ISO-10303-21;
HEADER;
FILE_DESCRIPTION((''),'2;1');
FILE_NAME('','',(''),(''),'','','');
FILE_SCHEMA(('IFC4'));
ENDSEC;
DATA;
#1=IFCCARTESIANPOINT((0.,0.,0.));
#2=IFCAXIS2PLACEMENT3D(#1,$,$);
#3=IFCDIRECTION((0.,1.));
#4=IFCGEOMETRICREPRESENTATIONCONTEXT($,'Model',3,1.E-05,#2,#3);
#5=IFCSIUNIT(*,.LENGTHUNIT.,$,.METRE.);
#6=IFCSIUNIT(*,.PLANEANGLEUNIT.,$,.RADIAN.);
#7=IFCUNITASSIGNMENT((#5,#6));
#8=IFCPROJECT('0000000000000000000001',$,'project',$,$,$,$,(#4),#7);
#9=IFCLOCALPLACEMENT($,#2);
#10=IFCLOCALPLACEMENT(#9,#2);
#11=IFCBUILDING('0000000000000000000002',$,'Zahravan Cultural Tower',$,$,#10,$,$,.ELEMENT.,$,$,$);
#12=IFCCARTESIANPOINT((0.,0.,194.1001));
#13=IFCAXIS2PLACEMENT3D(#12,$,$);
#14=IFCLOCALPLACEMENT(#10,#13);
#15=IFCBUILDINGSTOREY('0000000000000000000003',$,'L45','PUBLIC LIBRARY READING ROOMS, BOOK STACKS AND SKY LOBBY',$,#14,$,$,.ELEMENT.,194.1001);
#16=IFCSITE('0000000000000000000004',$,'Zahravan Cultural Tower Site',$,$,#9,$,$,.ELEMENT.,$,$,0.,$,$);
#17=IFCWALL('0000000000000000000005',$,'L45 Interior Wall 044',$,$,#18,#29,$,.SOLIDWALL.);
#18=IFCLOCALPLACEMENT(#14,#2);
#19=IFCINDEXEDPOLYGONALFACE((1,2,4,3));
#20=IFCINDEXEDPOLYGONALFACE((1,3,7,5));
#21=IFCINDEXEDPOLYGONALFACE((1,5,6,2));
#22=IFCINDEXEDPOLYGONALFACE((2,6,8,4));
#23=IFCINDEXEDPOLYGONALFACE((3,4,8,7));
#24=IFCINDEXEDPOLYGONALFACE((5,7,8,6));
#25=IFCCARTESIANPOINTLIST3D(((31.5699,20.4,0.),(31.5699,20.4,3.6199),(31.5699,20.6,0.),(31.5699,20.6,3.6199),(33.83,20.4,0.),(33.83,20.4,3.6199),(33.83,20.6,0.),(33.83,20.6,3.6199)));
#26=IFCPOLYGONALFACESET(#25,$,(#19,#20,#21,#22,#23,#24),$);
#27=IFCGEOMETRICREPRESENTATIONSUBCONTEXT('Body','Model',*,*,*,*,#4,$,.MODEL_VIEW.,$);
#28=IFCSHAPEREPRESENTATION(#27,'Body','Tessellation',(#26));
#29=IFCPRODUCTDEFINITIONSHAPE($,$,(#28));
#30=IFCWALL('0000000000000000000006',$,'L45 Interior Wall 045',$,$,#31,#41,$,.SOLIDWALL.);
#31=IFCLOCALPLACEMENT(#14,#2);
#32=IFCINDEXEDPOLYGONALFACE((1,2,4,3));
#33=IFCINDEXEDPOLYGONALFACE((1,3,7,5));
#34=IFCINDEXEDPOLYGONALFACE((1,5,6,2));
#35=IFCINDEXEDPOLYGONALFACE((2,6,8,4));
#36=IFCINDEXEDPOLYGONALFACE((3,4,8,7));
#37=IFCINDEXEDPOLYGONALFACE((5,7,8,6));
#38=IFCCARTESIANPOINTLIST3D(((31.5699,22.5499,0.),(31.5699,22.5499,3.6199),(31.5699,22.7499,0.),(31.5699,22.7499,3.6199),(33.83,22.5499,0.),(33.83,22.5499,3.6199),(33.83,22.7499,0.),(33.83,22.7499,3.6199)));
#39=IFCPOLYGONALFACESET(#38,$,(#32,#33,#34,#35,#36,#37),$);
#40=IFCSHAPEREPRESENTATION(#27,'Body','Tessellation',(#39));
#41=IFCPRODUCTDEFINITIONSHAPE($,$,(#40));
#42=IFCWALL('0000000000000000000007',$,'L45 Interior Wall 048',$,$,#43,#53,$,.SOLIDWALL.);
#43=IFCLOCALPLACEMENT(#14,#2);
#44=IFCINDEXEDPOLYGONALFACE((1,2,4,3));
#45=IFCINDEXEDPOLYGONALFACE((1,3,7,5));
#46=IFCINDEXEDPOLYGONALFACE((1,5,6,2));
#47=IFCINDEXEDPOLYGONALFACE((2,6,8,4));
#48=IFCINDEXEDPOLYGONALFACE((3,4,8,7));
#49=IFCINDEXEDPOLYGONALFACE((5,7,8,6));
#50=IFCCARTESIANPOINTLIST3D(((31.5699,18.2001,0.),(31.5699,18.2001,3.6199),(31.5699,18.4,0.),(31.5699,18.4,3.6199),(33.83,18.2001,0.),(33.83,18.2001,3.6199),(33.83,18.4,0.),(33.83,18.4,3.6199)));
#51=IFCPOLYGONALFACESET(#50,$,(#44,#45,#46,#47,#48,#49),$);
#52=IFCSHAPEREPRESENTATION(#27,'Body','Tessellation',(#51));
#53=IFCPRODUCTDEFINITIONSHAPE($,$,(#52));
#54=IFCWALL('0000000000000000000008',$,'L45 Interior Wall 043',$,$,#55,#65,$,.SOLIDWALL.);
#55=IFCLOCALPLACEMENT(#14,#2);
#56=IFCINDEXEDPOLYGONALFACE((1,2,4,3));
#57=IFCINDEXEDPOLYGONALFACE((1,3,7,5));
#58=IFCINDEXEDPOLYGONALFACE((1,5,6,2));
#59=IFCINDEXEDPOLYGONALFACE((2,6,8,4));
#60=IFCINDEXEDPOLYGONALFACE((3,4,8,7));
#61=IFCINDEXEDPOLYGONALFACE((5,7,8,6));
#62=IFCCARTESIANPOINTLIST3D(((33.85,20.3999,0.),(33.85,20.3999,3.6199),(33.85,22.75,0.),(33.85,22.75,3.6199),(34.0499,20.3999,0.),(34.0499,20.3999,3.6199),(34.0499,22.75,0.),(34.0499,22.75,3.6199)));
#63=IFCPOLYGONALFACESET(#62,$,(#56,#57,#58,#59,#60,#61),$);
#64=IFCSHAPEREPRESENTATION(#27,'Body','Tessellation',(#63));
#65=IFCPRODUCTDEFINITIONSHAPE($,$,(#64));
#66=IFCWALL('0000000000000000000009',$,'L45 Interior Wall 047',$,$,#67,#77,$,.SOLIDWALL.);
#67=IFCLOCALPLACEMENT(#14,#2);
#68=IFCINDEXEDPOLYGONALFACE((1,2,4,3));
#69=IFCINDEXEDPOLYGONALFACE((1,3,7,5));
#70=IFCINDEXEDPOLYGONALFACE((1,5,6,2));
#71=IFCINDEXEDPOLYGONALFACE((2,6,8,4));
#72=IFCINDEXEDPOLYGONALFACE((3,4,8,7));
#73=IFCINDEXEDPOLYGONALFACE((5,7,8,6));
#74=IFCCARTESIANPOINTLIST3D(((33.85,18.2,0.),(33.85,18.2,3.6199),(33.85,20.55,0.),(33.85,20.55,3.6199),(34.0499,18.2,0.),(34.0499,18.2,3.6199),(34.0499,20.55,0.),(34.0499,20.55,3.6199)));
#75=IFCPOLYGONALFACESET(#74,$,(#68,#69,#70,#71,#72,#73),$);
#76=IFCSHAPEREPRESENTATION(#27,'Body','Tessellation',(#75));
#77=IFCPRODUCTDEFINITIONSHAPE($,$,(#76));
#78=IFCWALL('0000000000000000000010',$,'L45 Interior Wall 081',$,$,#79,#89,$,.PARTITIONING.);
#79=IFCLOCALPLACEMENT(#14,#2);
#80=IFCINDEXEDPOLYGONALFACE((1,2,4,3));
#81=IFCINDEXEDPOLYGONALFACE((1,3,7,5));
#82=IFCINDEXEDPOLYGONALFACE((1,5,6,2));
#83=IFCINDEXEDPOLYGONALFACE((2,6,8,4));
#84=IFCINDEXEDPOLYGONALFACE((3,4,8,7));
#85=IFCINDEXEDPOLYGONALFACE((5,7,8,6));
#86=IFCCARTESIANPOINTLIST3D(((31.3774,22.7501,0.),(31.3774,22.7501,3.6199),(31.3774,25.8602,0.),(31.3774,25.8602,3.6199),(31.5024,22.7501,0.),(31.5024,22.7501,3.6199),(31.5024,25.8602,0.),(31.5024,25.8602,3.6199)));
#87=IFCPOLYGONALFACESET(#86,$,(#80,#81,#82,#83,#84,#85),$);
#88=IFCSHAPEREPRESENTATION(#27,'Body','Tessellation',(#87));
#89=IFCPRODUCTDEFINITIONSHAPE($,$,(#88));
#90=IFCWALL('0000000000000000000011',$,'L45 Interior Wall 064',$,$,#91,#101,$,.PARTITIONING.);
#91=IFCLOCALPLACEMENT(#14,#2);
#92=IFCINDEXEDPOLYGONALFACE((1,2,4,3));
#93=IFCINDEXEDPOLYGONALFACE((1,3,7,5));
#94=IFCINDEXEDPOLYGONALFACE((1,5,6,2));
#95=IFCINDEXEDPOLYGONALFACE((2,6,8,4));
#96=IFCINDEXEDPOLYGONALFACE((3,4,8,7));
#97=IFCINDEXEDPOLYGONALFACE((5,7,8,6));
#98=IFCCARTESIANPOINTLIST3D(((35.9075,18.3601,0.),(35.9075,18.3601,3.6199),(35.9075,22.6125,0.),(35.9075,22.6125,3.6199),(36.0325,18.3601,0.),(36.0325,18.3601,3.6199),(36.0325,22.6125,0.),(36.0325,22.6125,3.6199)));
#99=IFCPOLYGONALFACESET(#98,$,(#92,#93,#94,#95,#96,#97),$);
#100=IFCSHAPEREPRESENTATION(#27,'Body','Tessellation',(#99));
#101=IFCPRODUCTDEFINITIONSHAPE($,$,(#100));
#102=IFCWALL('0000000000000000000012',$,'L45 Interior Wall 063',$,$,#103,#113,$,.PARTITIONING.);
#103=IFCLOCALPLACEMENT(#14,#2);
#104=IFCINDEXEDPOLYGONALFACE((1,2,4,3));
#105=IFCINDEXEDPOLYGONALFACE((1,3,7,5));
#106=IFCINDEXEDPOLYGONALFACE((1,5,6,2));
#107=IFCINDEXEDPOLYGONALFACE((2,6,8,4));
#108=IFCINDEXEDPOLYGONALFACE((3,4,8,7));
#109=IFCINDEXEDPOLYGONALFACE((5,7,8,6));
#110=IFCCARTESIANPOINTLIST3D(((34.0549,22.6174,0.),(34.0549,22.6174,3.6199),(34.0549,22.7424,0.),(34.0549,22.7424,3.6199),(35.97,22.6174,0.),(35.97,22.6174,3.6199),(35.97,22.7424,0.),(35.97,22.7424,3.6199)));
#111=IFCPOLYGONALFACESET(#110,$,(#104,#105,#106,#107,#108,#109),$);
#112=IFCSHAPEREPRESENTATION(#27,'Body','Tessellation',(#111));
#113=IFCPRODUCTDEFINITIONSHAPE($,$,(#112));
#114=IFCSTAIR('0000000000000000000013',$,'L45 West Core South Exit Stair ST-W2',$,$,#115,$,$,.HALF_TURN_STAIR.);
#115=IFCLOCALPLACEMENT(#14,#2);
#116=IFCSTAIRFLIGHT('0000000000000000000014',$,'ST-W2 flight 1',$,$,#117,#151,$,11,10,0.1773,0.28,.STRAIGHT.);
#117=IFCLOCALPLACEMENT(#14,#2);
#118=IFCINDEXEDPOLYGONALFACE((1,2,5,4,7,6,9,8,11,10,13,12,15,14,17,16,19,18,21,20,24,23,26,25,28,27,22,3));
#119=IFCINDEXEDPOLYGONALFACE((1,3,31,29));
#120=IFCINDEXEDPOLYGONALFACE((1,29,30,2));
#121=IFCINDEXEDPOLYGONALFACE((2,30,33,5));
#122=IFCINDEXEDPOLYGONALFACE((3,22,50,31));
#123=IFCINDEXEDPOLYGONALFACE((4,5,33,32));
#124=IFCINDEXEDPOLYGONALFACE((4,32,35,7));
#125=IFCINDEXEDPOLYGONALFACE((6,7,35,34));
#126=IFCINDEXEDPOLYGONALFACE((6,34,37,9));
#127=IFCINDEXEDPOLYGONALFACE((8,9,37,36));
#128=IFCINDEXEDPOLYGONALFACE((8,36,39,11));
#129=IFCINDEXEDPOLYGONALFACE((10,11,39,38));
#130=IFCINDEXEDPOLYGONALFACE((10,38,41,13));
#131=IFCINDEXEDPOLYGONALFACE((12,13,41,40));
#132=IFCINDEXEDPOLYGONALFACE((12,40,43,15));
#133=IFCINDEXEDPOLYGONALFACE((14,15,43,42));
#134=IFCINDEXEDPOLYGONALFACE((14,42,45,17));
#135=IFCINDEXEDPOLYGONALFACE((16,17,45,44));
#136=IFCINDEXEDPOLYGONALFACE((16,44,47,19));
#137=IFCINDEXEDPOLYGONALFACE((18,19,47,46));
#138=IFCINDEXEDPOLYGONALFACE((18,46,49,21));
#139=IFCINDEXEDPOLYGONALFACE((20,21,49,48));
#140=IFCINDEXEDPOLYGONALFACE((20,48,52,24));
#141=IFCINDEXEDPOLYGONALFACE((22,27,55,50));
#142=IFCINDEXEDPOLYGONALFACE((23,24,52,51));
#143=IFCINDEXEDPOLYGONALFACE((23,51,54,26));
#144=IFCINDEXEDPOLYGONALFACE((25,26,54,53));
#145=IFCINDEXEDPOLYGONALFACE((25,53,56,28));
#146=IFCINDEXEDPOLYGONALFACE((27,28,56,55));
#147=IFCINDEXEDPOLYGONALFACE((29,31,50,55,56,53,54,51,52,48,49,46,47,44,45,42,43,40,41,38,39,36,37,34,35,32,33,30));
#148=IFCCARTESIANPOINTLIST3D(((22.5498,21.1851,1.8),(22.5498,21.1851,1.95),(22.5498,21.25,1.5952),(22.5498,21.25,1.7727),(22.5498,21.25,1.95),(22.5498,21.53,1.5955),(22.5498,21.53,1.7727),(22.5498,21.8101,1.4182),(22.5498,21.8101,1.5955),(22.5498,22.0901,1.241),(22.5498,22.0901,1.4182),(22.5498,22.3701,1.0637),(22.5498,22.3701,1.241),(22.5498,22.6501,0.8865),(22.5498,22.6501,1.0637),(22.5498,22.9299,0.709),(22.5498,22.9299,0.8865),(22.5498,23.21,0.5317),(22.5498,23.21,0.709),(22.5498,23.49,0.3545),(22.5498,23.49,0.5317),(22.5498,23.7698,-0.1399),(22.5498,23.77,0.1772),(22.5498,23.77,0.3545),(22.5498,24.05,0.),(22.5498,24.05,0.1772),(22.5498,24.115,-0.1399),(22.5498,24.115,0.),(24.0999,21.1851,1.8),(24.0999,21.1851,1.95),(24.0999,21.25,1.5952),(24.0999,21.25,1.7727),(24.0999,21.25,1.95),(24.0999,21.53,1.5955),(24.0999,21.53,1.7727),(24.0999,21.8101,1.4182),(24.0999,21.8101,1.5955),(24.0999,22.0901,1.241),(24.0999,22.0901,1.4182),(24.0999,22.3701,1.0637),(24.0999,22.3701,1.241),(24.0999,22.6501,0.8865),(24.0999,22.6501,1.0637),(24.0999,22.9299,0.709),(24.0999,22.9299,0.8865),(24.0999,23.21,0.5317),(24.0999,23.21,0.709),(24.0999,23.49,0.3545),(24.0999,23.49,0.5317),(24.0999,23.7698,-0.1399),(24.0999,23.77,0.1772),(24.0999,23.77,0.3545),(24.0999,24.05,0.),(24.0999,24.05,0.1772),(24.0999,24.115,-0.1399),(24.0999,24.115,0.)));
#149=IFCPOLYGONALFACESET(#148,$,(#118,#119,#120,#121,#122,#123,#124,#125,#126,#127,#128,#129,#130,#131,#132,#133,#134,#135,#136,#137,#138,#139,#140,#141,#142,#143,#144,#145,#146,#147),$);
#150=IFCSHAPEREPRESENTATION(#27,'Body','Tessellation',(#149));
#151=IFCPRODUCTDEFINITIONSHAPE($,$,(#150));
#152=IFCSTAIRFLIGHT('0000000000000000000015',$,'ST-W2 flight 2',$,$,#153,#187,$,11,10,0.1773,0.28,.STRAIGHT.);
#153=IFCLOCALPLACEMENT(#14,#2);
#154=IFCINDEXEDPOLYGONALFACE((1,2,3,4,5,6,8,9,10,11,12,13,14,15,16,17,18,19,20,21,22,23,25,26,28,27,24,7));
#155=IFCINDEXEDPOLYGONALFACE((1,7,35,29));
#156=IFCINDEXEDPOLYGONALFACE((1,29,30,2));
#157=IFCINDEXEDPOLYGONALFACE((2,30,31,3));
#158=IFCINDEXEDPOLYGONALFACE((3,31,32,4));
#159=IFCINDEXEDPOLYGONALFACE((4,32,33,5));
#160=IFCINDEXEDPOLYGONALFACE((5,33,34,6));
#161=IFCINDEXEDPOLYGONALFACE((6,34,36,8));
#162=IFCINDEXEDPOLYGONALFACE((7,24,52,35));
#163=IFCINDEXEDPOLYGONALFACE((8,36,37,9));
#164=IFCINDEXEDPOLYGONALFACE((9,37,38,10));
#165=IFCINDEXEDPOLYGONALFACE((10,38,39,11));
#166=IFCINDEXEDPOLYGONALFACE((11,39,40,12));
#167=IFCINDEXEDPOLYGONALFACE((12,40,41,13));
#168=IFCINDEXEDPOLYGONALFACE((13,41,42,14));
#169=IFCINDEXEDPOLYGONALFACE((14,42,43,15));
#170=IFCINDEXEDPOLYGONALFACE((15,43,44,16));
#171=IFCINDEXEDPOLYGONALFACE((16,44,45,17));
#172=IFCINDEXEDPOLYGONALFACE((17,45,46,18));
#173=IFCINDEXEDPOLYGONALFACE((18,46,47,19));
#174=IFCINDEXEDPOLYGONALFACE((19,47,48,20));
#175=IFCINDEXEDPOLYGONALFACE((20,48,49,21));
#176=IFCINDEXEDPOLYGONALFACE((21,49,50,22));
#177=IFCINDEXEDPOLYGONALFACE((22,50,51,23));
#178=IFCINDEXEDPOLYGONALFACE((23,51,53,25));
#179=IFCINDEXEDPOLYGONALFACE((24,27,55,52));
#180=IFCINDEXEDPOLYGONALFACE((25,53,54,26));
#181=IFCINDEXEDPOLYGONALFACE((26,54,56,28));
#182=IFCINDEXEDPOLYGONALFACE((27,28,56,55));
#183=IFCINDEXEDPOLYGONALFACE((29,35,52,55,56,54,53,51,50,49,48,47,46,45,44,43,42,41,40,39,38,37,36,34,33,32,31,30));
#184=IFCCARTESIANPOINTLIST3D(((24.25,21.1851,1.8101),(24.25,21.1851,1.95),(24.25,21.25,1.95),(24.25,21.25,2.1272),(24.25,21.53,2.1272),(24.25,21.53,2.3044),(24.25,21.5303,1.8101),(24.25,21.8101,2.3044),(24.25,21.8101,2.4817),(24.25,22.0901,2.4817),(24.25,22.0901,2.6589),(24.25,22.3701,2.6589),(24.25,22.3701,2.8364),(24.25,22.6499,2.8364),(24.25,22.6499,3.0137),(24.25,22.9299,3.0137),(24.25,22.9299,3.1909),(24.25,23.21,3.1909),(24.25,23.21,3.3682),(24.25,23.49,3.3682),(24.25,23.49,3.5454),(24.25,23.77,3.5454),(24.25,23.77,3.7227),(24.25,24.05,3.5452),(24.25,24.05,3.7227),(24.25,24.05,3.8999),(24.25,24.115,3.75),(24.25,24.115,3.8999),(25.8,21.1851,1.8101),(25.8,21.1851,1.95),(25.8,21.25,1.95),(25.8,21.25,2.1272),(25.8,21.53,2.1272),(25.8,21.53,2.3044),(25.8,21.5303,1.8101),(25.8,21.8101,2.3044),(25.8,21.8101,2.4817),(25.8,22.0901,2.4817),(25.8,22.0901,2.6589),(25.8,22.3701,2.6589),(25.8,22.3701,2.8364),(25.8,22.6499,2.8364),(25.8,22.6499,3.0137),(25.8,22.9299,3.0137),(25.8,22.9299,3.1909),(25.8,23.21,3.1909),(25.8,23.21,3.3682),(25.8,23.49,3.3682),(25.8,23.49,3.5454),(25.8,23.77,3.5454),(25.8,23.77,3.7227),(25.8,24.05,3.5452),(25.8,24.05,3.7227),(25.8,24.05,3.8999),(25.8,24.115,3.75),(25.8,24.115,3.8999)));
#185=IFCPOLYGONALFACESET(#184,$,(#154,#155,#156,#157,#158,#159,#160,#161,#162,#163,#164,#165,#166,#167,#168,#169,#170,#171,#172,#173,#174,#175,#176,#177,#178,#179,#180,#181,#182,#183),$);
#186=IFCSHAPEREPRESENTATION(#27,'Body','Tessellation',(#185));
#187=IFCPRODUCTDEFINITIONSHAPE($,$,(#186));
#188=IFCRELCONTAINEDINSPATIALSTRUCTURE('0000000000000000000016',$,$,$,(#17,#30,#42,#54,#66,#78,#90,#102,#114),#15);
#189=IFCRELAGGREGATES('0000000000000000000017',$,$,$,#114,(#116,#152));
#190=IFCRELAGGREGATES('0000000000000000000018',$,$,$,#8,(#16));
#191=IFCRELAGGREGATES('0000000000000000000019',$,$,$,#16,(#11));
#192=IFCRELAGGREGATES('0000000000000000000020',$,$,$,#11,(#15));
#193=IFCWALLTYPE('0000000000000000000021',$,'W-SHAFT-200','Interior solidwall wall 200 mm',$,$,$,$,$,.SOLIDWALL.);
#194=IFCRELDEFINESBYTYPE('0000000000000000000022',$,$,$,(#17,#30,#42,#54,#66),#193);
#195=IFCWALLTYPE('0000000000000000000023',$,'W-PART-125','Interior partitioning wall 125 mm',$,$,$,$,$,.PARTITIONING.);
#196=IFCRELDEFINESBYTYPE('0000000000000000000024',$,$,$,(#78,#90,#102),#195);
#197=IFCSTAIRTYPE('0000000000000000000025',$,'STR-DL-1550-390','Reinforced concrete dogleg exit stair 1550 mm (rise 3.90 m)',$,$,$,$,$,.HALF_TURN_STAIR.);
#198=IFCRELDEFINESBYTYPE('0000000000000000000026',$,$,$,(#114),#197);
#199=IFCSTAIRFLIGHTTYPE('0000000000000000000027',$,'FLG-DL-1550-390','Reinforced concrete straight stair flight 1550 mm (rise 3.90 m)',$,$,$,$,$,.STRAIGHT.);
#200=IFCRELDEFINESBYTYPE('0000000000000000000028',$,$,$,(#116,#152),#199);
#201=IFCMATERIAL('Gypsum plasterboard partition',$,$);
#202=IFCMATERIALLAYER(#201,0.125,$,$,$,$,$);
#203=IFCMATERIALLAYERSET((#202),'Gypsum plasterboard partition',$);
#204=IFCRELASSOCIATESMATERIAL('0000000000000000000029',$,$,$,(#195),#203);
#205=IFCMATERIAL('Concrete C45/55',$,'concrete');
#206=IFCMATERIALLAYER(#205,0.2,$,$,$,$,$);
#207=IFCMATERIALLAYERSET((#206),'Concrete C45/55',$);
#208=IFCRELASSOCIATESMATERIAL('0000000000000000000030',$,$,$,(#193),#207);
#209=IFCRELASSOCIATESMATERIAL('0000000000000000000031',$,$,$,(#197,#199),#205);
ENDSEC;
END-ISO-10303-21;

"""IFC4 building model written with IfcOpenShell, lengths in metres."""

from ifc_helpers import new_model, si_unit, direction, frame, frame_2d, origin, place, context, subcontext, project, spatial, polyline, rectangle, outline, extrude, source, transform, mapped, material, layer, layer_set, type_object, element, aggregate, save


model = new_model("IFC4")

# Units and contexts
model_context = context("Model", 3, precision=1e-05, world=origin(), true_north=direction((0.0, 1.0)))
body_context = subcontext(model_context, "Body", "Model", "MODEL_VIEW")
ifc_project = project(units=[si_unit("LENGTHUNIT", "METRE"), si_unit("PLANEANGLEUNIT", "RADIAN")], contexts=[model_context])

# Site, building, storey
site_placement = place(None, origin())
site = spatial("IfcSite", under=ifc_project, at=site_placement, Name="Zahravan Cultural Tower Site", CompositionType="ELEMENT", RefElevation=0.0)
building_placement = place(site_placement, origin())
building = spatial("IfcBuilding", under=site, at=building_placement, Name="Zahravan Cultural Tower", CompositionType="ELEMENT")
storey_placement = place(building_placement, frame((0.0, 0.0, 194.1001)))
storey = spatial("IfcBuildingStorey", under=building, at=storey_placement, Name="L45", Description="PUBLIC LIBRARY READING ROOMS, BOOK STACKS AND SKY LOBBY", CompositionType="ELEMENT", Elevation=194.1001)

# Shared definitions
ifc_material_1 = material(Name="Gypsum plasterboard partition")
ifc_layer_1 = layer(ifc_material_1, 0.125)
ifc_layer_set_1 = layer_set([ifc_layer_1], Name="Gypsum plasterboard partition")
wall_type_1 = type_object("IfcWallType", Name="W-PART-125", Description="Interior partitioning wall 125 mm", PredefinedType="PARTITIONING", material=ifc_layer_set_1)
ifc_material_2 = material(Name="Concrete C45/55", Category="concrete")
ifc_layer_2 = layer(ifc_material_2, 0.2)
ifc_layer_set_2 = layer_set([ifc_layer_2], Name="Concrete C45/55")
wall_type_2 = type_object("IfcWallType", Name="W-SHAFT-200", Description="Interior solidwall wall 200 mm", PredefinedType="SOLIDWALL", material=ifc_layer_set_2)

# Walls
shared_shape_1 = source(origin(), body_context, "Body", "SweptSolid", [
    extrude(rectangle(XDim=2.26, YDim=0.2, at=frame_2d((1.1299, 0.0))), origin(), (0.0, 0.0, 1.0), 3.6199),
])
for number, where, z_axis, x_axis, name in (
    (1, (31.5701, 20.5, 0.0), (0.0, 0.0, 1.0), (1.0, 0.0, 0.0), "L45 Interior Wall 044"),
    (2, (31.5701, 22.6499, 0.0), (0.0, 0.0, 1.0), (1.0, 0.0, 0.0), "L45 Interior Wall 045"),
    (3, (31.5701, 18.3, 0.0), (0.0, 0.0, 1.0), (1.0, 0.0, 0.0), "L45 Interior Wall 048"),
):
    element("IfcWall", number, at=place(storey_placement, frame(where, z_axis=z_axis, x_axis=x_axis)), inside=storey, type_object=wall_type_2, Name=name, PredefinedType="SOLIDWALL", context=body_context, shape_type="MappedRepresentation", body=[
        mapped(shared_shape_1, transform((0.0, 0.0, 0.0), x_axis=(1.0, 0.0, 0.0), y_axis=(0.0, 1.0, 0.0), z_axis=(0.0, 0.0, 1.0), scale=1.0)),
    ])
shared_shape_2 = source(origin(), body_context, "Body", "SweptSolid", [
    extrude(rectangle(XDim=2.3501, YDim=0.2, at=frame_2d((1.175, 0.0))), origin(), (0.0, 0.0, 1.0), 3.6199),
])
for number, where, z_axis, x_axis, name in (
    (4, (33.95, 20.3999, 0.0), (0.0, 0.0, 1.0), (0.0, 1.0, 0.0), "L45 Interior Wall 043"),
    (5, (33.95, 18.2, 0.0), (0.0, 0.0, 1.0), (0.0, 1.0, 0.0), "L45 Interior Wall 047"),
):
    element("IfcWall", number, at=place(storey_placement, frame(where, z_axis=z_axis, x_axis=x_axis)), inside=storey, type_object=wall_type_2, Name=name, PredefinedType="SOLIDWALL", context=body_context, shape_type="MappedRepresentation", body=[
        mapped(shared_shape_2, transform((0.0, 0.0, 0.0), x_axis=(1.0, 0.0, 0.0), y_axis=(0.0, 1.0, 0.0), z_axis=(0.0, 0.0, 1.0), scale=1.0)),
    ])
shared_shape_3 = source(origin(), body_context, "Body", "SweptSolid", [
    extrude(rectangle(XDim=3.1101, YDim=0.125, at=frame_2d((1.5552, 0.0))), origin(), (0.0, 0.0, 1.0), 3.6199),
])
wall_1_placement = place(storey_placement, frame((31.4399, 22.75, 0.0), z_axis=(0.0, 0.0, 1.0), x_axis=(0.0, 1.0, 0.0)))
element("IfcWall", 6, at=wall_1_placement, inside=storey, type_object=wall_type_1, Name="L45 Interior Wall 081", PredefinedType="PARTITIONING", context=body_context, shape_type="MappedRepresentation", body=[
    mapped(shared_shape_3, transform((0.0, 0.0, 0.0), x_axis=(1.0, 0.0, 0.0), y_axis=(0.0, 1.0, 0.0), z_axis=(0.0, 0.0, 1.0), scale=1.0)),
])
shared_shape_4 = source(origin(), body_context, "Body", "SweptSolid", [
    extrude(rectangle(XDim=4.2524, YDim=0.125, at=frame_2d((2.1262, 0.0))), origin(), (0.0, 0.0, 1.0), 3.6199),
])
wall_2_placement = place(storey_placement, frame((35.97, 22.6125, 0.0), z_axis=(0.0, 0.0, 1.0), x_axis=(0.0, -1.0, 0.0)))
element("IfcWall", 7, at=wall_2_placement, inside=storey, type_object=wall_type_1, Name="L45 Interior Wall 064", PredefinedType="PARTITIONING", context=body_context, shape_type="MappedRepresentation", body=[
    mapped(shared_shape_4, transform((0.0, 0.0, 0.0), x_axis=(1.0, 0.0, 0.0), y_axis=(0.0, 1.0, 0.0), z_axis=(0.0, 0.0, 1.0), scale=1.0)),
])
shared_shape_5 = source(origin(), body_context, "Body", "SweptSolid", [
    extrude(rectangle(XDim=1.915, YDim=0.125, at=frame_2d((0.9575, 0.0))), origin(), (0.0, 0.0, 1.0), 3.6199),
])
wall_3_placement = place(storey_placement, frame((34.0549, 22.6799, 0.0), z_axis=(0.0, 0.0, 1.0), x_axis=(1.0, 0.0, 0.0)))
element("IfcWall", 8, at=wall_3_placement, inside=storey, type_object=wall_type_1, Name="L45 Interior Wall 063", PredefinedType="PARTITIONING", context=body_context, shape_type="MappedRepresentation", body=[
    mapped(shared_shape_5, transform((0.0, 0.0, 0.0), x_axis=(1.0, 0.0, 0.0), y_axis=(0.0, 1.0, 0.0), z_axis=(0.0, 0.0, 1.0), scale=1.0)),
])

# Stair, stair flights
stair_type = type_object("IfcStairType", Name="STR-DL-1550-390", Description="Reinforced concrete dogleg exit stair 1550 mm (rise 3.90 m)", PredefinedType="HALF_TURN_STAIR", material=ifc_material_2)
stair_placement = place(storey_placement, origin())
stair = element("IfcStair", 9, at=stair_placement, inside=storey, type_object=stair_type, Name="L45 West Core South Exit Stair ST-W2", PredefinedType="HALF_TURN_STAIR")
stair_flight_type = type_object("IfcStairFlightType", Name="FLG-DL-1550-390", Description="Reinforced concrete straight stair flight 1550 mm (rise 3.90 m)", PredefinedType="STRAIGHT", material=ifc_material_2)
stair_flight_1_placement = place(storey_placement, frame((23.325, 24.05, 0.0), z_axis=(0.0, 0.0, 1.0), x_axis=(0.0, -1.0, 0.0)))
stair_flight_1 = element("IfcStairFlight", 10, at=stair_flight_1_placement, type_object=stair_flight_type, Name="ST-W2 flight 1", NumberOfRisers=11, NumberOfTreads=10, PredefinedType="STRAIGHT", RiserHeight=0.1773, TreadLength=0.28, context=body_context, shape_type="SweptSolid", body=[
    extrude(outline(polyline([(-0.0649, -0.1399), (-0.0649, 0.0), (0.0, 0.0), (0.0, 0.1772), (0.28, 0.1772), (0.28, 0.3545), (0.5601, 0.3545), (0.5601, 0.5317), (0.8401, 0.5317), (0.8401, 0.709), (1.1201, 0.709), (1.1201, 0.8865), (1.3999, 0.8865), (1.3999, 1.0637), (1.6799, 1.0637), (1.6799, 1.241), (1.96, 1.241), (1.96, 1.4182), (2.24, 1.4182), (2.24, 1.5955), (2.52, 1.5955), (2.52, 1.7727), (2.8, 1.7727), (2.8, 1.95), (2.865, 1.95), (2.865, 1.8), (2.8, 1.5952), (0.2803, -0.1399), (-0.0649, -0.1399)])), frame((0.0, 0.7749, 0.0), z_axis=(0.0, -1.0, 0.0), x_axis=(1.0, 0.0, 0.0)), (0.0, 0.0, 1.0), 1.55),
])
stair_flight_2_placement = place(storey_placement, frame((25.0249, 21.25, 1.95), z_axis=(0.0, 0.0, 1.0), x_axis=(0.0, 1.0, 0.0)))
stair_flight_2 = element("IfcStairFlight", 11, at=stair_flight_2_placement, type_object=stair_flight_type, Name="ST-W2 flight 2", NumberOfRisers=11, NumberOfTreads=10, PredefinedType="STRAIGHT", RiserHeight=0.1773, TreadLength=0.28, context=body_context, shape_type="SweptSolid", body=[
    extrude(outline(polyline([(-0.0649, -0.1399), (-0.0649, 0.0), (0.0, 0.0), (0.0, 0.1772), (0.28, 0.1772), (0.28, 0.3545), (0.5601, 0.3545), (0.5601, 0.5317), (0.8401, 0.5317), (0.8401, 0.709), (1.1201, 0.709), (1.1201, 0.8865), (1.3999, 0.8865), (1.3999, 1.0637), (1.6799, 1.0637), (1.6799, 1.241), (1.96, 1.241), (1.96, 1.4182), (2.24, 1.4182), (2.24, 1.5955), (2.52, 1.5955), (2.52, 1.7727), (2.8, 1.7727), (2.8, 1.95), (2.865, 1.95), (2.865, 1.8), (2.8, 1.5952), (0.2803, -0.1399), (-0.0649, -0.1399)])), frame((0.0, 0.7749, 0.0), z_axis=(0.0, -1.0, 0.0), x_axis=(1.0, 0.0, 0.0)), (0.0, 0.0, 1.0), 1.55),
])
aggregate(stair, [stair_flight_1, stair_flight_2])

save(model, "model.ifc")
